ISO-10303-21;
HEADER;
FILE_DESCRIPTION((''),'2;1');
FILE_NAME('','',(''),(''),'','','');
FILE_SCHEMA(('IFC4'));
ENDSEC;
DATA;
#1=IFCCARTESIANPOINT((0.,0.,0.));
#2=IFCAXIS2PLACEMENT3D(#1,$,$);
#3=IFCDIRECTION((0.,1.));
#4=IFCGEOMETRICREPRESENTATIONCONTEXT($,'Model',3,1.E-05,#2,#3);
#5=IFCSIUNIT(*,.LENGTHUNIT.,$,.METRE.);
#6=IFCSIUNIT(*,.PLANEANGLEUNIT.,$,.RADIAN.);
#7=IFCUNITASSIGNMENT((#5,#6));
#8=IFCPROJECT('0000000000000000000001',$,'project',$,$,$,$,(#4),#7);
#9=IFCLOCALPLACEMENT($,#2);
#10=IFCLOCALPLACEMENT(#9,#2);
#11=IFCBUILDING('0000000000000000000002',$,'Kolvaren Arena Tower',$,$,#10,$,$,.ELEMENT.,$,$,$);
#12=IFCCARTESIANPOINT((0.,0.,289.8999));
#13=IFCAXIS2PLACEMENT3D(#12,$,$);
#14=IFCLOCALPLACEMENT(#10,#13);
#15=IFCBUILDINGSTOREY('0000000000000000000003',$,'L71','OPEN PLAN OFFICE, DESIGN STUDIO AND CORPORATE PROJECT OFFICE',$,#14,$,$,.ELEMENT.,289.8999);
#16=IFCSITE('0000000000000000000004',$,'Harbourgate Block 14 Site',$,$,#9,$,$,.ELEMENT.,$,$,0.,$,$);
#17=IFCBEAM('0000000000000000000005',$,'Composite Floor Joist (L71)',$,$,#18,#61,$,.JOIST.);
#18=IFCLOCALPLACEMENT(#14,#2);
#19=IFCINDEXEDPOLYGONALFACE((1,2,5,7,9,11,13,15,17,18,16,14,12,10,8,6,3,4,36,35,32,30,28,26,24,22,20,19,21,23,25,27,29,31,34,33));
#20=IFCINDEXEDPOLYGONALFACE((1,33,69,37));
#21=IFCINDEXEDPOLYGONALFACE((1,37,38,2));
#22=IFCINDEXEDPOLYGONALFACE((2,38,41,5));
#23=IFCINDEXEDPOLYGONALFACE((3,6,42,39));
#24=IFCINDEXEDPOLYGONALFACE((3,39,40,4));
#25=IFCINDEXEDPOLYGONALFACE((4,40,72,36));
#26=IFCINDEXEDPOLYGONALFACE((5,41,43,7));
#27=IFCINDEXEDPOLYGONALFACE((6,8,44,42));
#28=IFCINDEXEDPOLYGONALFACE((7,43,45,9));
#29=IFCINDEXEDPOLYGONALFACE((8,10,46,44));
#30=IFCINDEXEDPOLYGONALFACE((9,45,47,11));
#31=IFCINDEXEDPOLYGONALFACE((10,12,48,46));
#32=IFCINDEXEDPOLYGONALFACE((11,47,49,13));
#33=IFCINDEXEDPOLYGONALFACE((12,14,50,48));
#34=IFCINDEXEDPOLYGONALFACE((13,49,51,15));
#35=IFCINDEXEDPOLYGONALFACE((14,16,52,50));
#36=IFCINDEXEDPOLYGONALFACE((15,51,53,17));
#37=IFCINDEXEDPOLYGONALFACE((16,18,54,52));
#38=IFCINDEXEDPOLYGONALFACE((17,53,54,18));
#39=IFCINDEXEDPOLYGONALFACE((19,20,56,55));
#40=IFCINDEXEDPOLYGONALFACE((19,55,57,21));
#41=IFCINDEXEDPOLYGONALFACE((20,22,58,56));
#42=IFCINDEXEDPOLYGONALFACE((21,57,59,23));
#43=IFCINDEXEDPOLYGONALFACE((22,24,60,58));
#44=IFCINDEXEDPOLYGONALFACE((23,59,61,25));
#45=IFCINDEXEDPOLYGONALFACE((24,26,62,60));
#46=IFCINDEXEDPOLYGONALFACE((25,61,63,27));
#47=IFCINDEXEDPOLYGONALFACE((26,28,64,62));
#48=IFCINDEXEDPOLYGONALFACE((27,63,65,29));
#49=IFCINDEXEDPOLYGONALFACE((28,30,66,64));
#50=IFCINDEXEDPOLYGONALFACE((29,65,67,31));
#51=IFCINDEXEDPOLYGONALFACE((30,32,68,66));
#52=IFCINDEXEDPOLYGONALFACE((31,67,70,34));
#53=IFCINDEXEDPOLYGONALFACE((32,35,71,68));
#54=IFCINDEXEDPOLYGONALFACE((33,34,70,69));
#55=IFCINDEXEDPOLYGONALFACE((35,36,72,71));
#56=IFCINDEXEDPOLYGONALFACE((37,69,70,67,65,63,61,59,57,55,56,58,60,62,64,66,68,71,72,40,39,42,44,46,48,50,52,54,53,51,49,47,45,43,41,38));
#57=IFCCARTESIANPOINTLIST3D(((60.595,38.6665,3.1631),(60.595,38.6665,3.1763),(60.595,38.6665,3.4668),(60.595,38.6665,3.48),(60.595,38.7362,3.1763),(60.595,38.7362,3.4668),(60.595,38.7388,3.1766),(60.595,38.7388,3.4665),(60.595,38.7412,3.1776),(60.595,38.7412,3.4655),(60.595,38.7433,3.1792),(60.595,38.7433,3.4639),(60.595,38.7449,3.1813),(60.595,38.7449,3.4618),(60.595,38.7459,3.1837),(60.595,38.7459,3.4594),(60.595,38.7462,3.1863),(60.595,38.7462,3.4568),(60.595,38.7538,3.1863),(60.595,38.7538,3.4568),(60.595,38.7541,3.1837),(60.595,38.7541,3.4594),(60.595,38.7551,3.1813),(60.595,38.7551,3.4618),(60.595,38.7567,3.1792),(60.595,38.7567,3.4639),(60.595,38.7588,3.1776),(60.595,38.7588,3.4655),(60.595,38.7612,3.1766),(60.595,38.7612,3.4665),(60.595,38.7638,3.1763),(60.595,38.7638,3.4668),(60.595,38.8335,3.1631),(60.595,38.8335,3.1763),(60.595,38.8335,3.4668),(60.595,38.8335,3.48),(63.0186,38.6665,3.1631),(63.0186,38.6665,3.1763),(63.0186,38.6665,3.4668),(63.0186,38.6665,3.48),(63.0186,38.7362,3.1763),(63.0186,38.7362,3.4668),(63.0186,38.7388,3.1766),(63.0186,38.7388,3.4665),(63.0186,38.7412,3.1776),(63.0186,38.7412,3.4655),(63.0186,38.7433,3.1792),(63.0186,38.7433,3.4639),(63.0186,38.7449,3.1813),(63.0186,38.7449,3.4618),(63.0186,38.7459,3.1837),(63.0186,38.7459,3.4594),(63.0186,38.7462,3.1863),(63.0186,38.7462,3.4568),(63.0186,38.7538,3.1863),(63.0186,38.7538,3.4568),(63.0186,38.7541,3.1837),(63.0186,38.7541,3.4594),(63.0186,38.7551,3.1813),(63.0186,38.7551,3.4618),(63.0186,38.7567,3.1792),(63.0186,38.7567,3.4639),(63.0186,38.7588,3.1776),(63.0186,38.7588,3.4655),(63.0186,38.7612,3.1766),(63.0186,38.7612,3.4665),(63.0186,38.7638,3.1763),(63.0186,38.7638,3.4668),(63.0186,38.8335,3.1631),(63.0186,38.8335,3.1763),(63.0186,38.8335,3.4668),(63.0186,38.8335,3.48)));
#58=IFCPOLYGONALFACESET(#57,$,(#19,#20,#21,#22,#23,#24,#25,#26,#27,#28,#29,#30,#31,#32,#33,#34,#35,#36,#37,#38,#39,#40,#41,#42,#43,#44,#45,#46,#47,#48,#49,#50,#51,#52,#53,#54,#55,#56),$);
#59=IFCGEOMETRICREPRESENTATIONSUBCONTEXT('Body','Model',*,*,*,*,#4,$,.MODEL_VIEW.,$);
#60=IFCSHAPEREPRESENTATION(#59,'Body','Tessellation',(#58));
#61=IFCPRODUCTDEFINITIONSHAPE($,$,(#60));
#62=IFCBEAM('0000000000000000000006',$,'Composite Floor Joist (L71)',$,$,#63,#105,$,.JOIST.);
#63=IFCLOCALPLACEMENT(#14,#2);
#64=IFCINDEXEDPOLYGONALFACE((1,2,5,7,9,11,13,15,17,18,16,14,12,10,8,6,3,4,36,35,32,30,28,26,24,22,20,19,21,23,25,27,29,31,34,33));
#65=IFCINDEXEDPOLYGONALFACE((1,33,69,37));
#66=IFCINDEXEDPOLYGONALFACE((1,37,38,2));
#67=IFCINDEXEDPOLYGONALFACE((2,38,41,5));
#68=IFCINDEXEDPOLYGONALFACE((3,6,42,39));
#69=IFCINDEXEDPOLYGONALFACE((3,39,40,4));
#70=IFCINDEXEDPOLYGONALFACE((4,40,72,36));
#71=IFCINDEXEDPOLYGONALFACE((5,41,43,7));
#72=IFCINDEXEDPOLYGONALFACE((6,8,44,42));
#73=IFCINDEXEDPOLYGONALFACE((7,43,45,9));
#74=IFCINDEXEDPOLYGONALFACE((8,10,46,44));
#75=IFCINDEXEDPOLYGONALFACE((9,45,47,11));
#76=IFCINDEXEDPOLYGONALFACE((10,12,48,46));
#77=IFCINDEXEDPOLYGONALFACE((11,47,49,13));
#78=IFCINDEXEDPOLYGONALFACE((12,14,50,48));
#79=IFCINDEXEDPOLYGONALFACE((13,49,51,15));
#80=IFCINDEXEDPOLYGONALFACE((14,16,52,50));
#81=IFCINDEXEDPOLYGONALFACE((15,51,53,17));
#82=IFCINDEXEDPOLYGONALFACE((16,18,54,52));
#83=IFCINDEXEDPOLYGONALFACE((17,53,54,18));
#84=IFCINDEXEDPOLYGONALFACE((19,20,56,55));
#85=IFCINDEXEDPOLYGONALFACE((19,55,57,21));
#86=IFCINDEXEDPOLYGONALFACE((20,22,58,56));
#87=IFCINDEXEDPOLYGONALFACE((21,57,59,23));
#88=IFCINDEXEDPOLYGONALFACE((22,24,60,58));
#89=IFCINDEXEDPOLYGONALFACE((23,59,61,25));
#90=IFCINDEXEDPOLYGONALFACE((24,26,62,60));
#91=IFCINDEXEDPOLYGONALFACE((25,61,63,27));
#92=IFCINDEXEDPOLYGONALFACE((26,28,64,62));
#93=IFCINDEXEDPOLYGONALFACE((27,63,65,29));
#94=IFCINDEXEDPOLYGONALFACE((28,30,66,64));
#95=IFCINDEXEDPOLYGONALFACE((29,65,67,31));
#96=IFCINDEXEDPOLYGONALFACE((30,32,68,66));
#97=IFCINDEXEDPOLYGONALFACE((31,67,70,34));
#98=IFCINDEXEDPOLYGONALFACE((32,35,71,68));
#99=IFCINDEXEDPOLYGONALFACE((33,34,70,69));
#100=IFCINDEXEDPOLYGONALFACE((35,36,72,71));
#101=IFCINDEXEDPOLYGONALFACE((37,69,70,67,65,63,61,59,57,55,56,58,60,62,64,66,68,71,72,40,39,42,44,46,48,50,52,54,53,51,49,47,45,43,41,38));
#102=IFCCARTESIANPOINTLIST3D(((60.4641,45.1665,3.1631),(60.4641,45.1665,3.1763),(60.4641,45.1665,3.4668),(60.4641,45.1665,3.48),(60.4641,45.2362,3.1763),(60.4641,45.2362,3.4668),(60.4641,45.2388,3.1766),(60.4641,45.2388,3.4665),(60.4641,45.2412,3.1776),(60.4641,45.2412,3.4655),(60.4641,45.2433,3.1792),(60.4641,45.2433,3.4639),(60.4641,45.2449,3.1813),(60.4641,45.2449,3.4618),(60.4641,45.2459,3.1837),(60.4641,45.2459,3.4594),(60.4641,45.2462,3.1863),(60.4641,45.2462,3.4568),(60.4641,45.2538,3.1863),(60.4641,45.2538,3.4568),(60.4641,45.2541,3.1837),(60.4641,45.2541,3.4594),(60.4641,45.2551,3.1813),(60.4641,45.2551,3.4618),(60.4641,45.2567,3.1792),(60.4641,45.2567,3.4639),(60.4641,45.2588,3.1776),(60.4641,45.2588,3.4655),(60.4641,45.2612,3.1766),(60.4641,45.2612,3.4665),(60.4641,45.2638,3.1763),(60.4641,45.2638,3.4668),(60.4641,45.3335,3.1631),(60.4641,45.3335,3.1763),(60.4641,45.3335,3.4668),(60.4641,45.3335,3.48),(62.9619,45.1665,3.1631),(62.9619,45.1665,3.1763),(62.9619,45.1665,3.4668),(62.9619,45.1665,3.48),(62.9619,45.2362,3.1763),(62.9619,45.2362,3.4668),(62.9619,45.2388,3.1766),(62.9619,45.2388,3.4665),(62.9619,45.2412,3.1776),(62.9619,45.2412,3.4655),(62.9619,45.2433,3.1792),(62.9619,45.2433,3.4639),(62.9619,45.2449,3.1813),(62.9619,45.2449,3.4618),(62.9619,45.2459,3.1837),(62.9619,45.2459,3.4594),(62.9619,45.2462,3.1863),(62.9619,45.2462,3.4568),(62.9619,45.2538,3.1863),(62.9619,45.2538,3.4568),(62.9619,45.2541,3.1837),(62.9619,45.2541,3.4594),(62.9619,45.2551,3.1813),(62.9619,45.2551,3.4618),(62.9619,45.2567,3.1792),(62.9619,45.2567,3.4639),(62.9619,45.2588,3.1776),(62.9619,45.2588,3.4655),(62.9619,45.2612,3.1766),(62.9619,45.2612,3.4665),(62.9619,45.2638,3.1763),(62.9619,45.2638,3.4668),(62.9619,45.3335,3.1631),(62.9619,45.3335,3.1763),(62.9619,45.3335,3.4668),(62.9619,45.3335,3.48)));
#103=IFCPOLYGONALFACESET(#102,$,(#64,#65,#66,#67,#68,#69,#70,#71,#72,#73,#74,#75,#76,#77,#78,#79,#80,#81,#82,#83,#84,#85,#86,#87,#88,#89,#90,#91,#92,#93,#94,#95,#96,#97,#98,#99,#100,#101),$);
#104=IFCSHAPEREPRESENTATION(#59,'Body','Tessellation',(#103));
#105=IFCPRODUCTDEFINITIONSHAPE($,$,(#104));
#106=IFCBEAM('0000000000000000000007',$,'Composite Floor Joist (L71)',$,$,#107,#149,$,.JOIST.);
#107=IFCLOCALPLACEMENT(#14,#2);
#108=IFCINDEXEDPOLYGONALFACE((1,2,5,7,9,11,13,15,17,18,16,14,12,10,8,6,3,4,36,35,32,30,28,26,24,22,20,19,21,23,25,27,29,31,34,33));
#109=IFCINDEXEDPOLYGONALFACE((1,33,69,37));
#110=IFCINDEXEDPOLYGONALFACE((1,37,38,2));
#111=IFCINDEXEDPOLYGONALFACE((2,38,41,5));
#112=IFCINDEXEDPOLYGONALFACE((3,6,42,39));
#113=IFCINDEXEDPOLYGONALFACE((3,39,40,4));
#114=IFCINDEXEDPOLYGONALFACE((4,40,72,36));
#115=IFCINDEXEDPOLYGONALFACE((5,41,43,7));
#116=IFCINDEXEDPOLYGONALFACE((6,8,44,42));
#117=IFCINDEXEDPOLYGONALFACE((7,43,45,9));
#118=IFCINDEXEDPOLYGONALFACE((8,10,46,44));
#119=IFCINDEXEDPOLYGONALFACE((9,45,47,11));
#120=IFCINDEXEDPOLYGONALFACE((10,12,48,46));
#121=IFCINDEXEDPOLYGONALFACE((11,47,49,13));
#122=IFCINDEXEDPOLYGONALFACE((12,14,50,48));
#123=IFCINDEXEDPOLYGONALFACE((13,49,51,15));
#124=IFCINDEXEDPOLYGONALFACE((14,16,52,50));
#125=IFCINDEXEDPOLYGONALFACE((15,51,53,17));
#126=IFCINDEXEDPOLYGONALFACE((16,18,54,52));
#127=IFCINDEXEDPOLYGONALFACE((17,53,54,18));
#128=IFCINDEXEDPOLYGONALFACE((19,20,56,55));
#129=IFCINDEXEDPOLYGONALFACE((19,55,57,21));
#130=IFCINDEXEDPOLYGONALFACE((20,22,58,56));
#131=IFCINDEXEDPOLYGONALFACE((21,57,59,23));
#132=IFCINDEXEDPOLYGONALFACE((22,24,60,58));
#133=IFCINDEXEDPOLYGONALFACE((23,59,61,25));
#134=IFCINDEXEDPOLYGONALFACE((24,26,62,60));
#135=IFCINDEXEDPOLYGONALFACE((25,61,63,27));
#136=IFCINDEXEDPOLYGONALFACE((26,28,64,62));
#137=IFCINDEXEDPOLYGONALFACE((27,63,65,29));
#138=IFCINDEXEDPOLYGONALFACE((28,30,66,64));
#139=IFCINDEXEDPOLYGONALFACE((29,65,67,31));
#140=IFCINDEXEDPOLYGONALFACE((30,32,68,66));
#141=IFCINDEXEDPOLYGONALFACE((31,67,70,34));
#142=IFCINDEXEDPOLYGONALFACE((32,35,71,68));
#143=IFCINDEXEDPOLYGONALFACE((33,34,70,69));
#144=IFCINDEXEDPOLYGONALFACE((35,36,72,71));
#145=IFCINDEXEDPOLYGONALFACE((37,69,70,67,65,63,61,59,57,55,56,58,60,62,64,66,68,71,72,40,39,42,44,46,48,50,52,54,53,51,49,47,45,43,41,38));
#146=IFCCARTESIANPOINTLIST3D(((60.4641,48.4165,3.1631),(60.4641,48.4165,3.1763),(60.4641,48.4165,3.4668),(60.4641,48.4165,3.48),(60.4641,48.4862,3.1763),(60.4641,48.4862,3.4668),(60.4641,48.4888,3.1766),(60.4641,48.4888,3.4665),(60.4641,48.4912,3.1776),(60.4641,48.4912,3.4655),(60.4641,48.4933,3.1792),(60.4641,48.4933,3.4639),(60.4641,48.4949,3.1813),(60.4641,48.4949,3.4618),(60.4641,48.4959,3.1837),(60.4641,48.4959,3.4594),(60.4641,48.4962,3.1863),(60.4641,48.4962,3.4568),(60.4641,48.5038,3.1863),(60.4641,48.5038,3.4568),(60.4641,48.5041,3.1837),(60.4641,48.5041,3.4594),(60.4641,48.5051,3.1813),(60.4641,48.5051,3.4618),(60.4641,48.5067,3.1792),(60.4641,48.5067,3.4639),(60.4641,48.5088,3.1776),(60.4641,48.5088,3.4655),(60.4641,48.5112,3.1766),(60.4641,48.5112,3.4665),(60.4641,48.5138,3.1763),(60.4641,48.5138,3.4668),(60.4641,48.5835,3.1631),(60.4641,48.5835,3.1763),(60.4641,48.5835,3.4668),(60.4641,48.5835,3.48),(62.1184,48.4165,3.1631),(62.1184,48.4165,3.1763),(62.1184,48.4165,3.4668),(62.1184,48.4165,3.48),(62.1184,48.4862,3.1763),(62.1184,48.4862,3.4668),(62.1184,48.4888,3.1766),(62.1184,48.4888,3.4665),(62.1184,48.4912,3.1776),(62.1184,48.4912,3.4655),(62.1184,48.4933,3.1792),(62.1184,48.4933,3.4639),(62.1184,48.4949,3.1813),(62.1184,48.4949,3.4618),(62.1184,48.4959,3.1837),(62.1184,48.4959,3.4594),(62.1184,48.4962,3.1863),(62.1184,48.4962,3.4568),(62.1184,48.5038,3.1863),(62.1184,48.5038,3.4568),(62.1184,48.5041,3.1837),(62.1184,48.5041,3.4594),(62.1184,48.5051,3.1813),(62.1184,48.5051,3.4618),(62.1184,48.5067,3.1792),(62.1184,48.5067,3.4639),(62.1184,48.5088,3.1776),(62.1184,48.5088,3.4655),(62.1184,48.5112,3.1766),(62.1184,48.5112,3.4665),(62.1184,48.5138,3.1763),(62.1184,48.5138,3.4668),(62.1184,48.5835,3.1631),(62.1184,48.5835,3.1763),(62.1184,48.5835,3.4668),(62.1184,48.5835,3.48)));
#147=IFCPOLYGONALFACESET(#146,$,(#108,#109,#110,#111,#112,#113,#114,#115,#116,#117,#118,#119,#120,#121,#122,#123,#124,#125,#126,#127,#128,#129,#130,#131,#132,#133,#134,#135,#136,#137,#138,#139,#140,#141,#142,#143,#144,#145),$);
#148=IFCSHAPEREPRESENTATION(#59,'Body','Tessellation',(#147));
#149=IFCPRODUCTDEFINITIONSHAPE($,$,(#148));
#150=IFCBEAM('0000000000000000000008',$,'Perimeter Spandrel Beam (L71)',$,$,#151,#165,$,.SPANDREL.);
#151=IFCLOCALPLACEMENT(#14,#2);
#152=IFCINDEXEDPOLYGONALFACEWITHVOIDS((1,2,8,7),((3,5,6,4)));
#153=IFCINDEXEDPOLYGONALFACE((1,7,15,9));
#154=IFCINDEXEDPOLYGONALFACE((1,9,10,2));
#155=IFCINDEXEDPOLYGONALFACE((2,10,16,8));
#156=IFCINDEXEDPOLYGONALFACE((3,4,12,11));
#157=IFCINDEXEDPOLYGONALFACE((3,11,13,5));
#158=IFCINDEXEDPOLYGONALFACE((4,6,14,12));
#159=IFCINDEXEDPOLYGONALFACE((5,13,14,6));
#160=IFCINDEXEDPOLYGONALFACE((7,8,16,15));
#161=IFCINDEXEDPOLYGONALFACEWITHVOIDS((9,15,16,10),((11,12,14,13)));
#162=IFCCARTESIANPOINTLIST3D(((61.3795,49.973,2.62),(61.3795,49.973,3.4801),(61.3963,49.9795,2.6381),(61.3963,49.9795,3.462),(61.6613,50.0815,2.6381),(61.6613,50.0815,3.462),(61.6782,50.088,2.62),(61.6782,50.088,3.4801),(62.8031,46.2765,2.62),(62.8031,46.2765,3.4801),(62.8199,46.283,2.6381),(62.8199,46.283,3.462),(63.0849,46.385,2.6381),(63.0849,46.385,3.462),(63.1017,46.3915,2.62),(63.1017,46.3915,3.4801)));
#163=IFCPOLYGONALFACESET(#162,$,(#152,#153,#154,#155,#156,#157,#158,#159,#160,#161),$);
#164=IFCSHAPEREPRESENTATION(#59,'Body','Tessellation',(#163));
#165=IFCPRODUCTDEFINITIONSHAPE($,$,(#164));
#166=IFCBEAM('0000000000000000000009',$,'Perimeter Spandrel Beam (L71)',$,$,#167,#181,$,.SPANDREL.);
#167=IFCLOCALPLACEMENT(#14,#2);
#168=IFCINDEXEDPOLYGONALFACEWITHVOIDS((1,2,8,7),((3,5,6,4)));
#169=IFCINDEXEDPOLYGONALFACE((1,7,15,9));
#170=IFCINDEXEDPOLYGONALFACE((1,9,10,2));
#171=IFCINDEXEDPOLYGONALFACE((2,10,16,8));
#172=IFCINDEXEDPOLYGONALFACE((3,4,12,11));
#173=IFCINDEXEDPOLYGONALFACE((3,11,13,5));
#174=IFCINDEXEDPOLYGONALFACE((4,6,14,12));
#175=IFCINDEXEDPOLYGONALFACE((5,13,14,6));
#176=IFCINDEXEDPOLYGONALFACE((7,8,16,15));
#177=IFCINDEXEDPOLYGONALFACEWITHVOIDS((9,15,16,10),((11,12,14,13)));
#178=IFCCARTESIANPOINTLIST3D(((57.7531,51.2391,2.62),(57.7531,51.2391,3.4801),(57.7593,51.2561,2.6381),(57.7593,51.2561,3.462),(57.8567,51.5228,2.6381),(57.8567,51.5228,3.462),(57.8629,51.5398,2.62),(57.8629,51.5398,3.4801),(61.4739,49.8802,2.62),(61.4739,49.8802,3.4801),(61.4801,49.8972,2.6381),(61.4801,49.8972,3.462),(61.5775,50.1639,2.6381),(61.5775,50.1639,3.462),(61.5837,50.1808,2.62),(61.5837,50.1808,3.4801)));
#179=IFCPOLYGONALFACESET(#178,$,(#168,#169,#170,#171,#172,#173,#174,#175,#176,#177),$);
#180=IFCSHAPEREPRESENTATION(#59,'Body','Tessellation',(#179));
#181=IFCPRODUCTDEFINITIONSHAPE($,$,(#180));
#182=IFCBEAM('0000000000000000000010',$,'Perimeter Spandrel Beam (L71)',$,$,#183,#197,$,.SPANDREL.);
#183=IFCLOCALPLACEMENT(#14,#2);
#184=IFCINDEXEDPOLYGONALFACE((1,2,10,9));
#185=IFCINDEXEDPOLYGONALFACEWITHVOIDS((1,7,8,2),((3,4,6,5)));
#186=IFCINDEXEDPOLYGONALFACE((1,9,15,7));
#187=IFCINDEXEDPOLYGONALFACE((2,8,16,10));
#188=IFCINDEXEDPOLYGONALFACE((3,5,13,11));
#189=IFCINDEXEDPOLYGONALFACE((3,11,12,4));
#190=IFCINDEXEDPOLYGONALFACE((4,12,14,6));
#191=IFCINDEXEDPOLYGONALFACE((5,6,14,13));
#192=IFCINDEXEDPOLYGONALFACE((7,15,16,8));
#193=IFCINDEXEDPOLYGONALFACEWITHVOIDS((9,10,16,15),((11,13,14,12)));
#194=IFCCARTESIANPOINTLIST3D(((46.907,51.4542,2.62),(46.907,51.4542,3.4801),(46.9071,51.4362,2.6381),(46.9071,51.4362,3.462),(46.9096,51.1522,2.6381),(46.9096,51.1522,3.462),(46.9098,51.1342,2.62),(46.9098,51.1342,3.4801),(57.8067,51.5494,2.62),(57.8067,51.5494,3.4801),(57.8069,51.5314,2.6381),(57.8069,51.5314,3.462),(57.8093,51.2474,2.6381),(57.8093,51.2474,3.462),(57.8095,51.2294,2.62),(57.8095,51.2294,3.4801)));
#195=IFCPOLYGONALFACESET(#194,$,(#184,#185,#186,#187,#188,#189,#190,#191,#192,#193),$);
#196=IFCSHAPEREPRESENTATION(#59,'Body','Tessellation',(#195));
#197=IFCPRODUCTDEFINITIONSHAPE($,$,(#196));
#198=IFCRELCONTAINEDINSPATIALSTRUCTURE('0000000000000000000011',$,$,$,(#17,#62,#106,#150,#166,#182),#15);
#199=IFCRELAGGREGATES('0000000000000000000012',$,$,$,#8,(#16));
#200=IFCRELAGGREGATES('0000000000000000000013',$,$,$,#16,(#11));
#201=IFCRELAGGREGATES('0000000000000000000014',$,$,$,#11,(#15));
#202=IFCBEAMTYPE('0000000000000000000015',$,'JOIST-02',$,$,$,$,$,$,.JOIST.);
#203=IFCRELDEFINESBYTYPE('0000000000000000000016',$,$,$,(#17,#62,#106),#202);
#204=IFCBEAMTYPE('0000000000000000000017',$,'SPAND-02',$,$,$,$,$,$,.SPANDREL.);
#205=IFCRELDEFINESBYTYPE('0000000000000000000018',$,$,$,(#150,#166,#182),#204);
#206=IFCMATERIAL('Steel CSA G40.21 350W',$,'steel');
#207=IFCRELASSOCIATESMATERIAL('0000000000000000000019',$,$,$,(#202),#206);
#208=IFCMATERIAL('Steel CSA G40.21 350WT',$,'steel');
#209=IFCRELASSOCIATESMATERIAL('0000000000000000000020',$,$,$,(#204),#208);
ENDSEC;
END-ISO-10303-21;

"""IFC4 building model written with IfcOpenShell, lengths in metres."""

from ifc_helpers import new_model, si_unit, direction, frame, origin, origin_2d, place, context, subcontext, project, spatial, hollow_rectangle, i_section, extrude, material, material_profile, profile_set, type_object, element, save


model = new_model("IFC4")

# Units and contexts
model_context = context("Model", 3, precision=1e-05, world=origin(), true_north=direction((0.0, 1.0)))
body_context = subcontext(model_context, "Body", "Model", "MODEL_VIEW")
ifc_project = project(units=[si_unit("LENGTHUNIT", "METRE"), si_unit("PLANEANGLEUNIT", "RADIAN")], contexts=[model_context])

# Site, building, storey
site_placement = place(None, origin())
site = spatial("IfcSite", under=ifc_project, at=site_placement, Name="Harbourgate Block 14 Site", CompositionType="ELEMENT", RefElevation=0.0)
building_placement = place(site_placement, origin())
building = spatial("IfcBuilding", under=site, at=building_placement, Name="Kolvaren Arena Tower", CompositionType="ELEMENT")
storey_placement = place(building_placement, frame((0.0, 0.0, 289.8999)))
storey = spatial("IfcBuildingStorey", under=building, at=storey_placement, Name="L71", Description="OPEN PLAN OFFICE, DESIGN STUDIO AND CORPORATE PROJECT OFFICE", CompositionType="ELEMENT", Elevation=289.8999)

# Beams
ifc_material_1 = material(Name="Steel CSA G40.21 350W", Category="steel")
ifc_material_profile_1 = material_profile(ifc_material_1, i_section(OverallWidth=0.167, OverallDepth=0.3169, WebThickness=0.0076, FlangeThickness=0.0132, FilletRadius=0.01, at=origin_2d()), Name="W310x52")
ifc_profile_set_1 = profile_set([ifc_material_profile_1], Name="Steel CSA G40.21 350W")
beam_type_1 = type_object("IfcBeamType", Name="JOIST-02", PredefinedType="JOIST", material=ifc_profile_set_1)
beam_1_placement = place(storey_placement, frame((60.595, 38.75, 3.3215), z_axis=(1.0, 0.0, 0.0), x_axis=(0.0, 1.0, 0.0)))
element("IfcBeam", 1, at=beam_1_placement, inside=storey, type_object=beam_type_1, Name="Composite Floor Joist (L71)", PredefinedType="JOIST", context=body_context, shape_type="SweptSolid", body=[
    extrude(i_section(OverallWidth=0.167, OverallDepth=0.3169, WebThickness=0.0076, FlangeThickness=0.0132, FilletRadius=0.01, at=origin_2d()), origin(), (0.0, 0.0, 1.0), 2.4236),
])
beam_2_placement = place(storey_placement, frame((60.4641, 45.25, 3.3215), z_axis=(1.0, 0.0, 0.0), x_axis=(0.0, 1.0, 0.0)))
element("IfcBeam", 2, at=beam_2_placement, inside=storey, type_object=beam_type_1, Name="Composite Floor Joist (L71)", PredefinedType="JOIST", context=body_context, shape_type="SweptSolid", body=[
    extrude(i_section(OverallWidth=0.167, OverallDepth=0.3169, WebThickness=0.0076, FlangeThickness=0.0132, FilletRadius=0.01, at=origin_2d()), origin(), (0.0, 0.0, 1.0), 2.4978),
])
beam_3_placement = place(storey_placement, frame((60.4641, 48.5, 3.3215), z_axis=(1.0, 0.0, 0.0), x_axis=(0.0, 1.0, 0.0)))
element("IfcBeam", 3, at=beam_3_placement, inside=storey, type_object=beam_type_1, Name="Composite Floor Joist (L71)", PredefinedType="JOIST", context=body_context, shape_type="SweptSolid", body=[
    extrude(i_section(OverallWidth=0.167, OverallDepth=0.3169, WebThickness=0.0076, FlangeThickness=0.0132, FilletRadius=0.01, at=origin_2d()), origin(), (0.0, 0.0, 1.0), 1.6543),
])
ifc_material_2 = material(Name="Steel CSA G40.21 350WT", Category="steel")
ifc_material_profile_2 = material_profile(ifc_material_2, hollow_rectangle(XDim=0.3201, YDim=0.8601, WallThickness=0.0181, at=origin_2d()), Name="HSS 860x320x18")
ifc_profile_set_2 = profile_set([ifc_material_profile_2], Name="Steel CSA G40.21 350WT")
beam_type_2 = type_object("IfcBeamType", Name="SPAND-02", PredefinedType="SPANDREL", material=ifc_profile_set_2)
for number, where, z_axis, x_axis, name in (
    (4, (62.9524, 46.334, 3.05), (-0.359384, 0.93319, 0.0), (-0.93319, -0.359384, 0.0), "Perimeter Spandrel Beam (L71)"),
    (5, (61.5288, 50.0305, 3.05), (-0.939314, 0.343059, 0.0), (-0.343059, -0.939314, 0.0), "Perimeter Spandrel Beam (L71)"),
):
    element("IfcBeam", number, at=place(storey_placement, frame(where, z_axis=z_axis, x_axis=x_axis)), inside=storey, type_object=beam_type_2, Name=name, PredefinedType="SPANDREL", context=body_context, shape_type="SweptSolid", body=[
        extrude(hollow_rectangle(XDim=0.3201, YDim=0.8601, WallThickness=0.0181, at=origin_2d()), origin(), (0.0, 0.0, 1.0), 3.9612),
    ])
beam_4_placement = place(storey_placement, frame((57.8081, 51.3894, 3.05), z_axis=(-0.999962, -0.008735, 0.0), x_axis=(0.008735, -0.999962, 0.0)))
element("IfcBeam", 6, at=beam_4_placement, inside=storey, type_object=beam_type_2, Name="Perimeter Spandrel Beam (L71)", PredefinedType="SPANDREL", context=body_context, shape_type="SweptSolid", body=[
    extrude(hollow_rectangle(XDim=0.3201, YDim=0.8601, WallThickness=0.0181, at=origin_2d()), origin(), (0.0, 0.0, 1.0), 10.9001),
])

save(model, "model.ifc")
